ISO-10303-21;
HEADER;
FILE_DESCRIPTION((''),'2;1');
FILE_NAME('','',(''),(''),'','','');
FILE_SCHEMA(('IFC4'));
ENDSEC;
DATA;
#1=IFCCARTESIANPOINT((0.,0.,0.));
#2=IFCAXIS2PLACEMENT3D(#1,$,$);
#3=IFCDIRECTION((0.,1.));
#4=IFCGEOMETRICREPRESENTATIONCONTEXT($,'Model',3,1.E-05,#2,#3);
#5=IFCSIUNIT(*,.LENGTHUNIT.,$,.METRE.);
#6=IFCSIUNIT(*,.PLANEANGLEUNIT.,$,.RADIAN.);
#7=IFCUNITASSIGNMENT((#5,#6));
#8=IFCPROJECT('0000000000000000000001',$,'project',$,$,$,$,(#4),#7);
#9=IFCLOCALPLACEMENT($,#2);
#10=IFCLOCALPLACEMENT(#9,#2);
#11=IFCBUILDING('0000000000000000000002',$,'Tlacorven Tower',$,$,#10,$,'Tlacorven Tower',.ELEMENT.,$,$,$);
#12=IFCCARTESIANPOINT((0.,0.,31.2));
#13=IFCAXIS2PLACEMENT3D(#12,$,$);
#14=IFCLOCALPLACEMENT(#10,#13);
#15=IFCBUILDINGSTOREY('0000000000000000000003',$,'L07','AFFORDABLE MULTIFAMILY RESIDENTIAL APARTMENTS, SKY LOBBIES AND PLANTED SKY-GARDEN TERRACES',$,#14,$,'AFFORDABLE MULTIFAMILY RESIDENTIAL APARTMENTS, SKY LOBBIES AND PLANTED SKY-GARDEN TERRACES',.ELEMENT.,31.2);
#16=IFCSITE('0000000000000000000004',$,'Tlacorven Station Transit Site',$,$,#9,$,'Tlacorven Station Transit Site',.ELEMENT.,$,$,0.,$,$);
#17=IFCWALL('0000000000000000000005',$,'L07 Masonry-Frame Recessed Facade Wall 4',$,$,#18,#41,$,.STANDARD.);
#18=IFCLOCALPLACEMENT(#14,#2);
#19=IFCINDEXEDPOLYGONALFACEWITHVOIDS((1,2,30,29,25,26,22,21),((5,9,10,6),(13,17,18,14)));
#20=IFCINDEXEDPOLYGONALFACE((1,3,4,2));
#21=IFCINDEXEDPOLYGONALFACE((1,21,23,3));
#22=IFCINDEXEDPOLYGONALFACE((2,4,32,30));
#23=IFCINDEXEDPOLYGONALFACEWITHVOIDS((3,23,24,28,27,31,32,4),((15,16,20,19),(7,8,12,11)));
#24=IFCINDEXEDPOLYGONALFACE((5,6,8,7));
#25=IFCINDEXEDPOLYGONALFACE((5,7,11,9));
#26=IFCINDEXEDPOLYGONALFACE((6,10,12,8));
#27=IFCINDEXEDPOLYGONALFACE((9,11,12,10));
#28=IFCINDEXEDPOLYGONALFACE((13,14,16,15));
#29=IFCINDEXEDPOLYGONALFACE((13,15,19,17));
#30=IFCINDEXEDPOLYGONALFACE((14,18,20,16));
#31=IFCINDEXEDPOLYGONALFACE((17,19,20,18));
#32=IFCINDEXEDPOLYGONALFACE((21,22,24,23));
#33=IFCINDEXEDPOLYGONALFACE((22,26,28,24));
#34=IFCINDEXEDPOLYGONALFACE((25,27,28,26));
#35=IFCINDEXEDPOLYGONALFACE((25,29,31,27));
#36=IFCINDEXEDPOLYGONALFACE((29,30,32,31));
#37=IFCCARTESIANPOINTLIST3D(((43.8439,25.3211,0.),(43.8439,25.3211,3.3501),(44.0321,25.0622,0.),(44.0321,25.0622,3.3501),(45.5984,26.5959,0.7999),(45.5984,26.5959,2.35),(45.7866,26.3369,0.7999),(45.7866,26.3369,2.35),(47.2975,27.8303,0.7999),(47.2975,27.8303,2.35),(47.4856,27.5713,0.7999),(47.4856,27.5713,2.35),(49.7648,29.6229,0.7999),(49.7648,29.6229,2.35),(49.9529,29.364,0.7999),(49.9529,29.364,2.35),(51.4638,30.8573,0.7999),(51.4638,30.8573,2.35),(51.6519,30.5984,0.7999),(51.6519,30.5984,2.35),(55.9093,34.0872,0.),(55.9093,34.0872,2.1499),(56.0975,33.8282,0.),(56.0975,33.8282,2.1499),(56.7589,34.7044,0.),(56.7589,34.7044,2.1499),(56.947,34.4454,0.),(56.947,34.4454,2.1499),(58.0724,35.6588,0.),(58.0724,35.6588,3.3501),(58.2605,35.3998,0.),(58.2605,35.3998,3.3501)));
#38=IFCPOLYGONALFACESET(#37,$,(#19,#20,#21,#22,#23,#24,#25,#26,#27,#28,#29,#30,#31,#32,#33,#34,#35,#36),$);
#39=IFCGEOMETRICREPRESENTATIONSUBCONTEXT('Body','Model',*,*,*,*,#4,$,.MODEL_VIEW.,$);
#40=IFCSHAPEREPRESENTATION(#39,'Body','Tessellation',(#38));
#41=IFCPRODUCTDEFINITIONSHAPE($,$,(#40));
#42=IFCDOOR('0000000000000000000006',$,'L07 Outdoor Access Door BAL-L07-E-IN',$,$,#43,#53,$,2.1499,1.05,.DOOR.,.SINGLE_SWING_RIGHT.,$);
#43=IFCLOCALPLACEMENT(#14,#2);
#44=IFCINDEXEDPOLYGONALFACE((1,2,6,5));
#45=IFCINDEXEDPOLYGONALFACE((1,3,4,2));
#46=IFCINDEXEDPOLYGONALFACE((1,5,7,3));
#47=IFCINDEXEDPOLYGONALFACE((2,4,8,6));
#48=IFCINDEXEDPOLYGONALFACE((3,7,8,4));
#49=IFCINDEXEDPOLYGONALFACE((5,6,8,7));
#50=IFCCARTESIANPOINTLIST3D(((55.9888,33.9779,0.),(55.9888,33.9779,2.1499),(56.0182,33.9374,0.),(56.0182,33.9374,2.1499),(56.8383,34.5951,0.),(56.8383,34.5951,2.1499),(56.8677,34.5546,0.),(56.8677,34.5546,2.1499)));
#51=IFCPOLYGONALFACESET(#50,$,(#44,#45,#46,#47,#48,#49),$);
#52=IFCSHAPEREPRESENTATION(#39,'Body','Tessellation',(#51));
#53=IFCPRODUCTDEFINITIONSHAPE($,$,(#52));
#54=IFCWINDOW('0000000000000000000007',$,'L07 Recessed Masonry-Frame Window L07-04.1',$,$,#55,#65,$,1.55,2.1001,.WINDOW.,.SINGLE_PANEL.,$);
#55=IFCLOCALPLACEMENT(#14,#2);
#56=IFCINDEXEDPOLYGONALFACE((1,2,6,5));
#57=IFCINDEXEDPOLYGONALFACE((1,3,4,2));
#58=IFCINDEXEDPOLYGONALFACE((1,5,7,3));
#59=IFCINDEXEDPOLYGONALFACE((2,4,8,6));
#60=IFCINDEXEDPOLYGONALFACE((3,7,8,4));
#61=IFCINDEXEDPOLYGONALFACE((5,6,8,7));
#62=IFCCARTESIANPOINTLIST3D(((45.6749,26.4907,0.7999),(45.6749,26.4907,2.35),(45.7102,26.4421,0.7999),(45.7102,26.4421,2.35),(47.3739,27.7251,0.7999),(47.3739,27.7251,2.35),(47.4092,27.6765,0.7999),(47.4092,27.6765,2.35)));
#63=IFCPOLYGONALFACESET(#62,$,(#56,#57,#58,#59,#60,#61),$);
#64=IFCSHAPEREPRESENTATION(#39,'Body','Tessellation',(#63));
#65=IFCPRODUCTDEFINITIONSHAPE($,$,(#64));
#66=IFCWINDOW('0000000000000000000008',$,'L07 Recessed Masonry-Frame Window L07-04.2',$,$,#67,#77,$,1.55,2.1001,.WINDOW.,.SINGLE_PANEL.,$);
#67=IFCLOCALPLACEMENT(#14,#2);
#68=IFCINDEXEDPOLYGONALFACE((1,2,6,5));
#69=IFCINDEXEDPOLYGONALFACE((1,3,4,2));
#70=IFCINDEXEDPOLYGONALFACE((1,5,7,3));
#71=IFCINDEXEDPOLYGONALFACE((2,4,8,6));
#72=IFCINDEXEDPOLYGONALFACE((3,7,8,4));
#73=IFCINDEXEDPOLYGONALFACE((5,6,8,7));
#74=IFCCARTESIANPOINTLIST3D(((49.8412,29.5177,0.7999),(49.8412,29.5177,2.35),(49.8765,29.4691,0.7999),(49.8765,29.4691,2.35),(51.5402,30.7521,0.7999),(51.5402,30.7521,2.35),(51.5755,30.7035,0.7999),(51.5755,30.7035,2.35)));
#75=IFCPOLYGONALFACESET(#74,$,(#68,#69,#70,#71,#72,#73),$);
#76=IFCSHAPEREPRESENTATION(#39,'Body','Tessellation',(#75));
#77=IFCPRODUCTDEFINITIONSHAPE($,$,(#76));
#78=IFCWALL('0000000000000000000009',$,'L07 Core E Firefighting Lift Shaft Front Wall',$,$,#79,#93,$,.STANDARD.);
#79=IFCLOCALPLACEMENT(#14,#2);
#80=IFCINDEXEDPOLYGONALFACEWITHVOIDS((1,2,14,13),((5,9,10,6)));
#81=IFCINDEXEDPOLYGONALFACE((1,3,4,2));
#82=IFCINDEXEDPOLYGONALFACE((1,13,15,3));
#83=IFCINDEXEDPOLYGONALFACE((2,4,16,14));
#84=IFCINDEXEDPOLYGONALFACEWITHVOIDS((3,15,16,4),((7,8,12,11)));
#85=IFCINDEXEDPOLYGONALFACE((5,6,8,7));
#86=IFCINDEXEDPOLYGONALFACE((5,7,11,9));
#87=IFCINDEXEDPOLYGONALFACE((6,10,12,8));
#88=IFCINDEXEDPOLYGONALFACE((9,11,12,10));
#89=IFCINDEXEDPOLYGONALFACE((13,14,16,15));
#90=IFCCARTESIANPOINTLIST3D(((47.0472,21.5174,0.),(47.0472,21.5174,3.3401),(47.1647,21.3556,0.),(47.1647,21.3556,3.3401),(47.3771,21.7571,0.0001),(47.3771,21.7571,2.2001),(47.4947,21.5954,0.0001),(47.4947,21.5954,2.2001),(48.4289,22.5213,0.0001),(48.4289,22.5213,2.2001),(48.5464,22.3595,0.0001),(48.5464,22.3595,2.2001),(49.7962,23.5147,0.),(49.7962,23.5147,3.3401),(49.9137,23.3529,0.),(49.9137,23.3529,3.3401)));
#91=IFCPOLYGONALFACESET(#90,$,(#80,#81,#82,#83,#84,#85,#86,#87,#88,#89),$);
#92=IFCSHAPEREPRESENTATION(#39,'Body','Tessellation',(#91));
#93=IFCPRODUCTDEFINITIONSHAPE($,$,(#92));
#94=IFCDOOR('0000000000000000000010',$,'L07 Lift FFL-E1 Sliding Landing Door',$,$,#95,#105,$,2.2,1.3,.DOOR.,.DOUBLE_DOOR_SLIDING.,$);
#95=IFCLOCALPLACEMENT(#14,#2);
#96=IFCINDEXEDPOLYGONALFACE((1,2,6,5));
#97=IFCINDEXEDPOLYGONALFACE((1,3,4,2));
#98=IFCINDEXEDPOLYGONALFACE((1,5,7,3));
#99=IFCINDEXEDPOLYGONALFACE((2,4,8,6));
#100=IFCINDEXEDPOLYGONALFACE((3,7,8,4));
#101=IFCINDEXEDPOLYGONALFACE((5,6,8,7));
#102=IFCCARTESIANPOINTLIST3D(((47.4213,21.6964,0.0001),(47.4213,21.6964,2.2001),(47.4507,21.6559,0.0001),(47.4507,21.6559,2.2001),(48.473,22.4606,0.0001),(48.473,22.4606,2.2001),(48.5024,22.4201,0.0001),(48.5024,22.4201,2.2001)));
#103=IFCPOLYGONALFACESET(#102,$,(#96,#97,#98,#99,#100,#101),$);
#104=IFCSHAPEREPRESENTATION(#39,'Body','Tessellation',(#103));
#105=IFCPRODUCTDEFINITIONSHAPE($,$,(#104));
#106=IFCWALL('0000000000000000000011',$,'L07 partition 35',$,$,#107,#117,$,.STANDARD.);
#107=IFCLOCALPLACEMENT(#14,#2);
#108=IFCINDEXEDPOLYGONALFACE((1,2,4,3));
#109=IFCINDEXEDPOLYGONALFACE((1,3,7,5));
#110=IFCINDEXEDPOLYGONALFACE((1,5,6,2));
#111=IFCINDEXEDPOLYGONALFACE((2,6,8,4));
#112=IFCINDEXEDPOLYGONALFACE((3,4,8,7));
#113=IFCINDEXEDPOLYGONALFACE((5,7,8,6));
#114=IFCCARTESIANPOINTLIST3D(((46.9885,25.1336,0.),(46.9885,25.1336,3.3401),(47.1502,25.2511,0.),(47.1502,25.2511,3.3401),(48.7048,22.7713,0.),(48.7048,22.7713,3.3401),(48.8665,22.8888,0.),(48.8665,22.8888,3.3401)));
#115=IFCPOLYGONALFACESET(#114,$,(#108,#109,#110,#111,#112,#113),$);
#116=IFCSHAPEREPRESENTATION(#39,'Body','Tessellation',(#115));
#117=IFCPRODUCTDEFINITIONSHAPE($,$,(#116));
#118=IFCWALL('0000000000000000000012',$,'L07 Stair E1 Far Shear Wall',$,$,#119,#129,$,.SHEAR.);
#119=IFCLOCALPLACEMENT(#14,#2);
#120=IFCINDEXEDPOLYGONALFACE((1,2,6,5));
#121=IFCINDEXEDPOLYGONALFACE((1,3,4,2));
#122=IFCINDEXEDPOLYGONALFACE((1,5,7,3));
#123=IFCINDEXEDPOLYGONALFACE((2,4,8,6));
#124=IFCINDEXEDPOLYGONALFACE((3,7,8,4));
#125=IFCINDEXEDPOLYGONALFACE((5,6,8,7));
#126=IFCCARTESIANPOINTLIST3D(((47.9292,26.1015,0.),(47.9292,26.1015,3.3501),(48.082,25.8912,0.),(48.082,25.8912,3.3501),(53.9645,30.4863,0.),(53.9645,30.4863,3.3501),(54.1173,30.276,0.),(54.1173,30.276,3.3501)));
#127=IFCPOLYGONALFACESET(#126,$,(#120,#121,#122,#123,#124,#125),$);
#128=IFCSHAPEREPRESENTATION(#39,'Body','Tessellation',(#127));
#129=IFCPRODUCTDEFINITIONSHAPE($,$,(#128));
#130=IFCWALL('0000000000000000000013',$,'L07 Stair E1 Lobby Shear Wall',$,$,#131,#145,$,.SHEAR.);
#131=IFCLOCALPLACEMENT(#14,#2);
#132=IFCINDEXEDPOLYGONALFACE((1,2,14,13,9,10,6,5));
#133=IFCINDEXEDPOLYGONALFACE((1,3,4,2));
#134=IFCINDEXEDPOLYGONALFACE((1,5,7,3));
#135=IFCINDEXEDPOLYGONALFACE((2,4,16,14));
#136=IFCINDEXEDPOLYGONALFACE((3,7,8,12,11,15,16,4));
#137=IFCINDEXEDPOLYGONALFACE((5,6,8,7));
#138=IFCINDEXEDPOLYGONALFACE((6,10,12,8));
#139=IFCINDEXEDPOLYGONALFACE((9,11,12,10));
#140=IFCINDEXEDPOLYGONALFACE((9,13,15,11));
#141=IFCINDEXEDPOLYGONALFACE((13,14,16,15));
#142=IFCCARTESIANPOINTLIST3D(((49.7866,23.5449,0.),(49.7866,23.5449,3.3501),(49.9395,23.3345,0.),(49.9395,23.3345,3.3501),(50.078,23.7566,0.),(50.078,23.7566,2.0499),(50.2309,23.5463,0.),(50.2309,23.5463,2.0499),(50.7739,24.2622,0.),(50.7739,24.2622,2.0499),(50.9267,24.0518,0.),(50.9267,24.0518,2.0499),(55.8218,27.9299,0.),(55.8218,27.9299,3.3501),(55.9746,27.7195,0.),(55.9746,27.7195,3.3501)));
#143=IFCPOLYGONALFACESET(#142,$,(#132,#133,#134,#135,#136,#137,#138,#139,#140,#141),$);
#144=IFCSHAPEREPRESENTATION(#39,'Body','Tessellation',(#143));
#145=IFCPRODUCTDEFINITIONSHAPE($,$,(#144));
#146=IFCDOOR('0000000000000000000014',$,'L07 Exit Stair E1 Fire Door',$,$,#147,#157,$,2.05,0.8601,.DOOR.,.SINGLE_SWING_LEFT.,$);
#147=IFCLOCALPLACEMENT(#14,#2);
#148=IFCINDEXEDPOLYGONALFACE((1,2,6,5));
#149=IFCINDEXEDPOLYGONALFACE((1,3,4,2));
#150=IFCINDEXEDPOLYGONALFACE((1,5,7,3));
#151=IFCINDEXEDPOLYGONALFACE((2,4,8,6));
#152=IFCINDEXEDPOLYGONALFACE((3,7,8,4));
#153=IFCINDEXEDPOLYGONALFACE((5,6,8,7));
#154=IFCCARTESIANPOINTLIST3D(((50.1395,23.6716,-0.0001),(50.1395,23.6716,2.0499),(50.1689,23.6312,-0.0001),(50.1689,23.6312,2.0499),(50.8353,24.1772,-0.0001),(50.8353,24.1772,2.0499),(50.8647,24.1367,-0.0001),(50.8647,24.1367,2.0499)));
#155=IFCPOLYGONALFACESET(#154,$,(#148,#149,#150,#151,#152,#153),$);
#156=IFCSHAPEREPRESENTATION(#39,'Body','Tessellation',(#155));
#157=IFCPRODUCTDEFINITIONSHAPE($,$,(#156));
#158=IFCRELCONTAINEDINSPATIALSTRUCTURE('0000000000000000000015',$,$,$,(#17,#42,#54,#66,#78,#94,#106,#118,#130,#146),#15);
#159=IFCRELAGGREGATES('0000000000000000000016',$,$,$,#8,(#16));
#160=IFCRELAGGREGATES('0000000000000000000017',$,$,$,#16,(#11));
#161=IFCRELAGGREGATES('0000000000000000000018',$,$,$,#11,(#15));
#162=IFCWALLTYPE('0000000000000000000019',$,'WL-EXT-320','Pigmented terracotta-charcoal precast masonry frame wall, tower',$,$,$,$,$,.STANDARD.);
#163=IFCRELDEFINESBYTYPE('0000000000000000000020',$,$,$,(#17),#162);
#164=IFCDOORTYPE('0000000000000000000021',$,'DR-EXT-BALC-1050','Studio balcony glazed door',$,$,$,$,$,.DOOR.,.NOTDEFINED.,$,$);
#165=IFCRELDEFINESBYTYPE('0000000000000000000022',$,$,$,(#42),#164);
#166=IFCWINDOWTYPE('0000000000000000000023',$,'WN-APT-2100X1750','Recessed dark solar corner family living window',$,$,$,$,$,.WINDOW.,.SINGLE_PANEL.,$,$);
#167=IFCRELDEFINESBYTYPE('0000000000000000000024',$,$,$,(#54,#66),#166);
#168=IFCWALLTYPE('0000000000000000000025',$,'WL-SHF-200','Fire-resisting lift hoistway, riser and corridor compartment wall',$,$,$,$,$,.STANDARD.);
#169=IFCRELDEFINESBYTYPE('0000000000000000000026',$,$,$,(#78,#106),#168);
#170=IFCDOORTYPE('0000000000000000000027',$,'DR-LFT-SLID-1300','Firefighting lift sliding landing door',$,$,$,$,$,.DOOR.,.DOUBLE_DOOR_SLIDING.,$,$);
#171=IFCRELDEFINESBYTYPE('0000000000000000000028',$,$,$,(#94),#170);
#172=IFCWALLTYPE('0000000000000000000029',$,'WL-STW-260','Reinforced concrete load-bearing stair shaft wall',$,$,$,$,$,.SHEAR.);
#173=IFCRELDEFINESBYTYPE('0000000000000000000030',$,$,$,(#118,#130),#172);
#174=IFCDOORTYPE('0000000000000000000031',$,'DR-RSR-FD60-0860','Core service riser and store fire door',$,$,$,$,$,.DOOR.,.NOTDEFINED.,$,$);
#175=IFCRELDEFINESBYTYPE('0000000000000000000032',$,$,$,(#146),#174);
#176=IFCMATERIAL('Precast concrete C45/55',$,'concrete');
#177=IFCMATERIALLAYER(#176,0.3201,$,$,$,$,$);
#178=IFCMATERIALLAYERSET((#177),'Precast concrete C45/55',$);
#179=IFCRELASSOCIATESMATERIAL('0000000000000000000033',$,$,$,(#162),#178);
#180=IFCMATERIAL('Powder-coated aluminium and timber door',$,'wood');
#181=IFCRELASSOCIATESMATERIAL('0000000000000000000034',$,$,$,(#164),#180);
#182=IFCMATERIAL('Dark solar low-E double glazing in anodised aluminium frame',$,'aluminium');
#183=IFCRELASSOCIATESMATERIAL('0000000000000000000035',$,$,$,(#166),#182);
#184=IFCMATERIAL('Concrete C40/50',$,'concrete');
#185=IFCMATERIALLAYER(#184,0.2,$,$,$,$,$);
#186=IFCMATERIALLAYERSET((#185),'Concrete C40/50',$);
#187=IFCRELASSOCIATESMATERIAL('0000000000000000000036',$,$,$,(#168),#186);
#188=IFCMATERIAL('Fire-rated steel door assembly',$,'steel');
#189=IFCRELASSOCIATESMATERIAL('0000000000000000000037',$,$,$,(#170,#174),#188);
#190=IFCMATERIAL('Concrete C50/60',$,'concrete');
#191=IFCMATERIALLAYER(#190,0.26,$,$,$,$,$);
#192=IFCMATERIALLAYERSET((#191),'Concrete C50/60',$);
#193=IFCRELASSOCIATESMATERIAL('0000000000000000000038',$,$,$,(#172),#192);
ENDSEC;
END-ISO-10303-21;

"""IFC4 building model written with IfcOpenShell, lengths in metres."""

from ifc_helpers import new_model, si_unit, direction, frame, frame_2d, origin, place, context, subcontext, project, spatial, rectangle, extrude, source, transform, mapped, material, layer, layer_set, type_object, element, fill, save


model = new_model("IFC4")

# Units and contexts
model_context = context("Model", 3, precision=1e-05, world=origin(), true_north=direction((0.0, 1.0)))
body_context = subcontext(model_context, "Body", "Model", "MODEL_VIEW")
ifc_project = project(units=[si_unit("LENGTHUNIT", "METRE"), si_unit("PLANEANGLEUNIT", "RADIAN")], contexts=[model_context])

# Site, building, storey
site_placement = place(None, origin())
site = spatial("IfcSite", under=ifc_project, at=site_placement, Name="Tlacorven Station Transit Site", LongName="Tlacorven Station Transit Site", CompositionType="ELEMENT", RefElevation=0.0)
building_placement = place(site_placement, origin())
building = spatial("IfcBuilding", under=site, at=building_placement, Name="Tlacorven Tower", LongName="Tlacorven Tower", CompositionType="ELEMENT")
storey_placement = place(building_placement, frame((0.0, 0.0, 31.2)))
storey = spatial("IfcBuildingStorey", under=building, at=storey_placement, Name="L07", Description="AFFORDABLE MULTIFAMILY RESIDENTIAL APARTMENTS, SKY LOBBIES AND PLANTED SKY-GARDEN TERRACES", LongName="AFFORDABLE MULTIFAMILY RESIDENTIAL APARTMENTS, SKY LOBBIES AND PLANTED SKY-GARDEN TERRACES", CompositionType="ELEMENT", Elevation=31.2)

# Wall, openings, door, windows
ifc_material_1 = material(Name="Precast concrete C45/55", Category="concrete")
ifc_layer_1 = layer(ifc_material_1, 0.3201)
ifc_layer_set_1 = layer_set([ifc_layer_1], Name="Precast concrete C45/55")
wall_type_1 = type_object("IfcWallType", Name="WL-EXT-320", Description="Pigmented terracotta-charcoal precast masonry frame wall, tower", PredefinedType="STANDARD", material=ifc_layer_set_1)
wall_1_placement = place(storey_placement, frame((43.938, 25.1917, 0.0), z_axis=(0.0, 0.0, 1.0), x_axis=(0.809016, 0.587786, 0.0)))
wall_1 = element("IfcWall", 1, at=wall_1_placement, inside=storey, type_object=wall_type_1, Name="L07 Masonry-Frame Recessed Facade Wall 4", PredefinedType="STANDARD", context=body_context, shape_type="SweptSolid", body=[
    extrude(rectangle(XDim=17.5874, YDim=0.3201, at=frame_2d((8.7937, 0.0))), origin(), (0.0, 0.0, 1.0), 3.3501),
])
opening_1_placement = place(wall_1_placement, frame((14.9138, 0.0, 0.0)))
opening_1 = element("IfcOpeningElement", 2, at=opening_1_placement, cuts=wall_1, PredefinedType="OPENING", context=body_context, shape_type="SweptSolid", body=[
    extrude(rectangle(XDim=1.05, YDim=2.1499, at=frame_2d((0.5249, 1.075))), frame((0.0, 0.1699, 0.0), z_axis=(0.0, -1.0, 0.0), x_axis=(1.0, 0.0, 0.0)), (0.0, 0.0, 1.0), 0.3401),
])
opening_2_placement = place(wall_1_placement, frame((2.1687, 0.0, 0.8)))
opening_2 = element("IfcOpeningElement", 3, at=opening_2_placement, cuts=wall_1, PredefinedType="OPENING", context=body_context, shape_type="SweptSolid", body=[
    extrude(rectangle(XDim=2.1001, YDim=1.55, at=frame_2d((1.05, 0.7749))), frame((0.0, 0.1699, 0.0), z_axis=(0.0, -1.0, 0.0), x_axis=(1.0, 0.0, 0.0)), (0.0, 0.0, 1.0), 0.3401),
])
opening_3_placement = place(wall_1_placement, frame((7.3186, 0.0, 0.8)))
opening_3 = element("IfcOpeningElement", 4, at=opening_3_placement, cuts=wall_1, PredefinedType="OPENING", context=body_context, shape_type="SweptSolid", body=[
    extrude(rectangle(XDim=2.1001, YDim=1.55, at=frame_2d((1.05, 0.7749))), frame((0.0, 0.1699, 0.0), z_axis=(0.0, -1.0, 0.0), x_axis=(1.0, 0.0, 0.0)), (0.0, 0.0, 1.0), 0.3401),
])
ifc_material_2 = material(Name="Powder-coated aluminium and timber door", Category="wood")
door_type_1 = type_object("IfcDoorType", Name="DR-EXT-BALC-1050", Description="Studio balcony glazed door", OperationType="NOTDEFINED", PredefinedType="DOOR", material=ifc_material_2)
shared_shape_1 = source(origin(), body_context, "Body", "SweptSolid", [
    extrude(rectangle(XDim=1.05, YDim=2.1499, at=frame_2d((0.5249, 1.075))), frame((0.0, 0.0249, 0.0), z_axis=(0.0, -1.0, 0.0), x_axis=(1.0, 0.0, 0.0)), (0.0, 0.0, 1.0), 0.05),
])
door_1_placement = place(opening_1_placement, origin())
door_1 = element("IfcDoor", 5, at=door_1_placement, inside=storey, type_object=door_type_1, Name="L07 Outdoor Access Door BAL-L07-E-IN", OperationType="SINGLE_SWING_RIGHT", OverallHeight=2.1499, OverallWidth=1.05, PredefinedType="DOOR", context=body_context, shape_type="MappedRepresentation", body=[
    mapped(shared_shape_1, transform((0.0, 0.0, 0.0), scale=1.0)),
])
fill(opening_1, door_1)
ifc_material_3 = material(Name="Dark solar low-E double glazing in anodised aluminium frame", Category="aluminium")
window_type = type_object("IfcWindowType", Name="WN-APT-2100X1750", Description="Recessed dark solar corner family living window", PartitioningType="SINGLE_PANEL", PredefinedType="WINDOW", material=ifc_material_3)
shared_shape_2 = source(origin(), body_context, "Body", "SweptSolid", [
    extrude(rectangle(XDim=2.1001, YDim=1.55, at=frame_2d((1.05, 0.7749))), frame((0.0, 0.03, 0.0), z_axis=(0.0, -1.0, 0.0), x_axis=(1.0, 0.0, 0.0)), (0.0, 0.0, 1.0), 0.0601),
])
window_1_placement = place(opening_2_placement, origin())
window_1 = element("IfcWindow", 6, at=window_1_placement, inside=storey, type_object=window_type, Name="L07 Recessed Masonry-Frame Window L07-04.1", OverallHeight=1.55, OverallWidth=2.1001, PartitioningType="SINGLE_PANEL", PredefinedType="WINDOW", context=body_context, shape_type="MappedRepresentation", body=[
    mapped(shared_shape_2, transform((0.0, 0.0, 0.0), scale=1.0)),
])
fill(opening_2, window_1)
window_2_placement = place(opening_3_placement, origin())
window_2 = element("IfcWindow", 7, at=window_2_placement, inside=storey, type_object=window_type, Name="L07 Recessed Masonry-Frame Window L07-04.2", OverallHeight=1.55, OverallWidth=2.1001, PartitioningType="SINGLE_PANEL", PredefinedType="WINDOW", context=body_context, shape_type="MappedRepresentation", body=[
    mapped(shared_shape_2, transform((0.0, 0.0, 0.0), scale=1.0)),
])
fill(opening_3, window_2)

# Wall, opening, door
ifc_material_4 = material(Name="Concrete C40/50", Category="concrete")
ifc_layer_2 = layer(ifc_material_4, 0.2)
ifc_layer_set_2 = layer_set([ifc_layer_2], Name="Concrete C40/50")
wall_type_2 = type_object("IfcWallType", Name="WL-SHF-200", Description="Fire-resisting lift hoistway, riser and corridor compartment wall", PredefinedType="STANDARD", material=ifc_layer_set_2)
wall_2_placement = place(storey_placement, frame((47.106, 21.4365, 0.0), z_axis=(0.0, 0.0, 1.0), x_axis=(0.809013, 0.587791, 0.0)))
wall_2 = element("IfcWall", 8, at=wall_2_placement, inside=storey, type_object=wall_type_2, Name="L07 Core E Firefighting Lift Shaft Front Wall", PredefinedType="STANDARD", context=body_context, shape_type="SweptSolid", body=[
    extrude(rectangle(XDim=3.3979, YDim=0.2, at=frame_2d((1.699, 0.0))), origin(), (0.0, 0.0, 1.0), 3.3401),
])
opening_4_placement = place(wall_2_placement, frame((0.408, 0.0, 0.0)))
opening_4 = element("IfcOpeningElement", 9, at=opening_4_placement, cuts=wall_2, PredefinedType="OPENING", context=body_context, shape_type="SweptSolid", body=[
    extrude(rectangle(XDim=1.3, YDim=2.2, at=frame_2d((0.6499, 1.1001))), frame((0.0, 0.1099, 0.0), z_axis=(0.0, -1.0, 0.0), x_axis=(1.0, 0.0, 0.0)), (0.0, 0.0, 1.0), 0.22),
])
ifc_material_5 = material(Name="Fire-rated steel door assembly", Category="steel")
door_type_2 = type_object("IfcDoorType", Name="DR-LFT-SLID-1300", Description="Firefighting lift sliding landing door", OperationType="DOUBLE_DOOR_SLIDING", PredefinedType="DOOR", material=ifc_material_5)
shared_shape_3 = source(origin(), body_context, "Body", "SweptSolid", [
    extrude(rectangle(XDim=1.3, YDim=2.2, at=frame_2d((0.6499, 1.1001))), frame((0.0, 0.0249, 0.0), z_axis=(0.0, -1.0, 0.0), x_axis=(1.0, 0.0, 0.0)), (0.0, 0.0, 1.0), 0.05),
])
door_2_placement = place(opening_4_placement, origin())
door_2 = element("IfcDoor", 10, at=door_2_placement, inside=storey, type_object=door_type_2, Name="L07 Lift FFL-E1 Sliding Landing Door", OperationType="DOUBLE_DOOR_SLIDING", OverallHeight=2.2, OverallWidth=1.3, PredefinedType="DOOR", context=body_context, shape_type="MappedRepresentation", body=[
    mapped(shared_shape_3, transform((0.0, 0.0, 0.0), scale=1.0)),
])
fill(opening_4, door_2)

# Walls
wall_3_placement = place(storey_placement, frame((48.7856, 22.8301, 0.0), z_axis=(0.0, 0.0, 1.0), x_axis=(-0.587784, 0.809018, 0.0)))
element("IfcWall", 11, at=wall_3_placement, inside=storey, type_object=wall_type_2, Name="L07 partition 35", PredefinedType="STANDARD", context=body_context, shape_type="SweptSolid", body=[
    extrude(rectangle(XDim=2.9199, YDim=0.2, at=frame_2d((1.46, 0.0))), origin(), (0.0, 0.0, 1.0), 3.3401),
])
ifc_material_6 = material(Name="Concrete C50/60", Category="concrete")
ifc_layer_3 = layer(ifc_material_6, 0.26)
ifc_layer_set_3 = layer_set([ifc_layer_3], Name="Concrete C50/60")
wall_type_3 = type_object("IfcWallType", Name="WL-STW-260", Description="Reinforced concrete load-bearing stair shaft wall", PredefinedType="SHEAR", material=ifc_layer_set_3)
wall_4_placement = place(storey_placement, frame((48.0056, 25.9963, 0.0), z_axis=(0.0, 0.0, 1.0), x_axis=(0.809019, 0.587782, 0.0)))
element("IfcWall", 12, at=wall_4_placement, inside=storey, type_object=wall_type_3, Name="L07 Stair E1 Far Shear Wall", PredefinedType="SHEAR", context=body_context, shape_type="SweptSolid", body=[
    extrude(rectangle(XDim=7.46, YDim=0.26, at=frame_2d((3.73, 0.0))), origin(), (0.0, 0.0, 1.0), 3.3501),
])

# Wall, opening, door
wall_5_placement = place(storey_placement, frame((49.863, 23.4397, 0.0), z_axis=(0.0, 0.0, 1.0), x_axis=(0.809003, 0.587804, 0.0)))
wall_5 = element("IfcWall", 13, at=wall_5_placement, inside=storey, type_object=wall_type_3, Name="L07 Stair E1 Lobby Shear Wall", PredefinedType="SHEAR", context=body_context, shape_type="SweptSolid", body=[
    extrude(rectangle(XDim=7.46, YDim=0.26, at=frame_2d((3.73, 0.0))), origin(), (0.0, 0.0, 1.0), 3.3501),
])
opening_5_placement = place(wall_5_placement, frame((0.3601, 0.0, 0.0)))
opening_5 = element("IfcOpeningElement", 14, at=opening_5_placement, cuts=wall_5, PredefinedType="OPENING", context=body_context, shape_type="SweptSolid", body=[
    extrude(rectangle(XDim=0.8601, YDim=2.05, at=frame_2d((0.4302, 1.0249))), frame((0.0, 0.1401, 0.0), z_axis=(0.0, -1.0, 0.0), x_axis=(1.0, 0.0, 0.0)), (0.0, 0.0, 1.0), 0.28),
])
door_type_3 = type_object("IfcDoorType", Name="DR-RSR-FD60-0860", Description="Core service riser and store fire door", OperationType="NOTDEFINED", PredefinedType="DOOR", material=ifc_material_5)
shared_shape_4 = source(origin(), body_context, "Body", "SweptSolid", [
    extrude(rectangle(XDim=0.8601, YDim=2.05, at=frame_2d((0.4302, 1.0249))), frame((0.0, 0.0249, 0.0), z_axis=(0.0, -1.0, 0.0), x_axis=(1.0, 0.0, 0.0)), (0.0, 0.0, 1.0), 0.05),
])
door_3_placement = place(opening_5_placement, frame((0.8601, 0.0, 0.0), z_axis=(0.0, 0.0, 1.0), x_axis=(-1.0, 0.0, 0.0)))
door_3 = element("IfcDoor", 15, at=door_3_placement, inside=storey, type_object=door_type_3, Name="L07 Exit Stair E1 Fire Door", OperationType="SINGLE_SWING_LEFT", OverallHeight=2.05, OverallWidth=0.8601, PredefinedType="DOOR", context=body_context, shape_type="MappedRepresentation", body=[
    mapped(shared_shape_4, transform((0.0, 0.0, 0.0), scale=1.0)),
])
fill(opening_5, door_3)

save(model, "model.ifc")
